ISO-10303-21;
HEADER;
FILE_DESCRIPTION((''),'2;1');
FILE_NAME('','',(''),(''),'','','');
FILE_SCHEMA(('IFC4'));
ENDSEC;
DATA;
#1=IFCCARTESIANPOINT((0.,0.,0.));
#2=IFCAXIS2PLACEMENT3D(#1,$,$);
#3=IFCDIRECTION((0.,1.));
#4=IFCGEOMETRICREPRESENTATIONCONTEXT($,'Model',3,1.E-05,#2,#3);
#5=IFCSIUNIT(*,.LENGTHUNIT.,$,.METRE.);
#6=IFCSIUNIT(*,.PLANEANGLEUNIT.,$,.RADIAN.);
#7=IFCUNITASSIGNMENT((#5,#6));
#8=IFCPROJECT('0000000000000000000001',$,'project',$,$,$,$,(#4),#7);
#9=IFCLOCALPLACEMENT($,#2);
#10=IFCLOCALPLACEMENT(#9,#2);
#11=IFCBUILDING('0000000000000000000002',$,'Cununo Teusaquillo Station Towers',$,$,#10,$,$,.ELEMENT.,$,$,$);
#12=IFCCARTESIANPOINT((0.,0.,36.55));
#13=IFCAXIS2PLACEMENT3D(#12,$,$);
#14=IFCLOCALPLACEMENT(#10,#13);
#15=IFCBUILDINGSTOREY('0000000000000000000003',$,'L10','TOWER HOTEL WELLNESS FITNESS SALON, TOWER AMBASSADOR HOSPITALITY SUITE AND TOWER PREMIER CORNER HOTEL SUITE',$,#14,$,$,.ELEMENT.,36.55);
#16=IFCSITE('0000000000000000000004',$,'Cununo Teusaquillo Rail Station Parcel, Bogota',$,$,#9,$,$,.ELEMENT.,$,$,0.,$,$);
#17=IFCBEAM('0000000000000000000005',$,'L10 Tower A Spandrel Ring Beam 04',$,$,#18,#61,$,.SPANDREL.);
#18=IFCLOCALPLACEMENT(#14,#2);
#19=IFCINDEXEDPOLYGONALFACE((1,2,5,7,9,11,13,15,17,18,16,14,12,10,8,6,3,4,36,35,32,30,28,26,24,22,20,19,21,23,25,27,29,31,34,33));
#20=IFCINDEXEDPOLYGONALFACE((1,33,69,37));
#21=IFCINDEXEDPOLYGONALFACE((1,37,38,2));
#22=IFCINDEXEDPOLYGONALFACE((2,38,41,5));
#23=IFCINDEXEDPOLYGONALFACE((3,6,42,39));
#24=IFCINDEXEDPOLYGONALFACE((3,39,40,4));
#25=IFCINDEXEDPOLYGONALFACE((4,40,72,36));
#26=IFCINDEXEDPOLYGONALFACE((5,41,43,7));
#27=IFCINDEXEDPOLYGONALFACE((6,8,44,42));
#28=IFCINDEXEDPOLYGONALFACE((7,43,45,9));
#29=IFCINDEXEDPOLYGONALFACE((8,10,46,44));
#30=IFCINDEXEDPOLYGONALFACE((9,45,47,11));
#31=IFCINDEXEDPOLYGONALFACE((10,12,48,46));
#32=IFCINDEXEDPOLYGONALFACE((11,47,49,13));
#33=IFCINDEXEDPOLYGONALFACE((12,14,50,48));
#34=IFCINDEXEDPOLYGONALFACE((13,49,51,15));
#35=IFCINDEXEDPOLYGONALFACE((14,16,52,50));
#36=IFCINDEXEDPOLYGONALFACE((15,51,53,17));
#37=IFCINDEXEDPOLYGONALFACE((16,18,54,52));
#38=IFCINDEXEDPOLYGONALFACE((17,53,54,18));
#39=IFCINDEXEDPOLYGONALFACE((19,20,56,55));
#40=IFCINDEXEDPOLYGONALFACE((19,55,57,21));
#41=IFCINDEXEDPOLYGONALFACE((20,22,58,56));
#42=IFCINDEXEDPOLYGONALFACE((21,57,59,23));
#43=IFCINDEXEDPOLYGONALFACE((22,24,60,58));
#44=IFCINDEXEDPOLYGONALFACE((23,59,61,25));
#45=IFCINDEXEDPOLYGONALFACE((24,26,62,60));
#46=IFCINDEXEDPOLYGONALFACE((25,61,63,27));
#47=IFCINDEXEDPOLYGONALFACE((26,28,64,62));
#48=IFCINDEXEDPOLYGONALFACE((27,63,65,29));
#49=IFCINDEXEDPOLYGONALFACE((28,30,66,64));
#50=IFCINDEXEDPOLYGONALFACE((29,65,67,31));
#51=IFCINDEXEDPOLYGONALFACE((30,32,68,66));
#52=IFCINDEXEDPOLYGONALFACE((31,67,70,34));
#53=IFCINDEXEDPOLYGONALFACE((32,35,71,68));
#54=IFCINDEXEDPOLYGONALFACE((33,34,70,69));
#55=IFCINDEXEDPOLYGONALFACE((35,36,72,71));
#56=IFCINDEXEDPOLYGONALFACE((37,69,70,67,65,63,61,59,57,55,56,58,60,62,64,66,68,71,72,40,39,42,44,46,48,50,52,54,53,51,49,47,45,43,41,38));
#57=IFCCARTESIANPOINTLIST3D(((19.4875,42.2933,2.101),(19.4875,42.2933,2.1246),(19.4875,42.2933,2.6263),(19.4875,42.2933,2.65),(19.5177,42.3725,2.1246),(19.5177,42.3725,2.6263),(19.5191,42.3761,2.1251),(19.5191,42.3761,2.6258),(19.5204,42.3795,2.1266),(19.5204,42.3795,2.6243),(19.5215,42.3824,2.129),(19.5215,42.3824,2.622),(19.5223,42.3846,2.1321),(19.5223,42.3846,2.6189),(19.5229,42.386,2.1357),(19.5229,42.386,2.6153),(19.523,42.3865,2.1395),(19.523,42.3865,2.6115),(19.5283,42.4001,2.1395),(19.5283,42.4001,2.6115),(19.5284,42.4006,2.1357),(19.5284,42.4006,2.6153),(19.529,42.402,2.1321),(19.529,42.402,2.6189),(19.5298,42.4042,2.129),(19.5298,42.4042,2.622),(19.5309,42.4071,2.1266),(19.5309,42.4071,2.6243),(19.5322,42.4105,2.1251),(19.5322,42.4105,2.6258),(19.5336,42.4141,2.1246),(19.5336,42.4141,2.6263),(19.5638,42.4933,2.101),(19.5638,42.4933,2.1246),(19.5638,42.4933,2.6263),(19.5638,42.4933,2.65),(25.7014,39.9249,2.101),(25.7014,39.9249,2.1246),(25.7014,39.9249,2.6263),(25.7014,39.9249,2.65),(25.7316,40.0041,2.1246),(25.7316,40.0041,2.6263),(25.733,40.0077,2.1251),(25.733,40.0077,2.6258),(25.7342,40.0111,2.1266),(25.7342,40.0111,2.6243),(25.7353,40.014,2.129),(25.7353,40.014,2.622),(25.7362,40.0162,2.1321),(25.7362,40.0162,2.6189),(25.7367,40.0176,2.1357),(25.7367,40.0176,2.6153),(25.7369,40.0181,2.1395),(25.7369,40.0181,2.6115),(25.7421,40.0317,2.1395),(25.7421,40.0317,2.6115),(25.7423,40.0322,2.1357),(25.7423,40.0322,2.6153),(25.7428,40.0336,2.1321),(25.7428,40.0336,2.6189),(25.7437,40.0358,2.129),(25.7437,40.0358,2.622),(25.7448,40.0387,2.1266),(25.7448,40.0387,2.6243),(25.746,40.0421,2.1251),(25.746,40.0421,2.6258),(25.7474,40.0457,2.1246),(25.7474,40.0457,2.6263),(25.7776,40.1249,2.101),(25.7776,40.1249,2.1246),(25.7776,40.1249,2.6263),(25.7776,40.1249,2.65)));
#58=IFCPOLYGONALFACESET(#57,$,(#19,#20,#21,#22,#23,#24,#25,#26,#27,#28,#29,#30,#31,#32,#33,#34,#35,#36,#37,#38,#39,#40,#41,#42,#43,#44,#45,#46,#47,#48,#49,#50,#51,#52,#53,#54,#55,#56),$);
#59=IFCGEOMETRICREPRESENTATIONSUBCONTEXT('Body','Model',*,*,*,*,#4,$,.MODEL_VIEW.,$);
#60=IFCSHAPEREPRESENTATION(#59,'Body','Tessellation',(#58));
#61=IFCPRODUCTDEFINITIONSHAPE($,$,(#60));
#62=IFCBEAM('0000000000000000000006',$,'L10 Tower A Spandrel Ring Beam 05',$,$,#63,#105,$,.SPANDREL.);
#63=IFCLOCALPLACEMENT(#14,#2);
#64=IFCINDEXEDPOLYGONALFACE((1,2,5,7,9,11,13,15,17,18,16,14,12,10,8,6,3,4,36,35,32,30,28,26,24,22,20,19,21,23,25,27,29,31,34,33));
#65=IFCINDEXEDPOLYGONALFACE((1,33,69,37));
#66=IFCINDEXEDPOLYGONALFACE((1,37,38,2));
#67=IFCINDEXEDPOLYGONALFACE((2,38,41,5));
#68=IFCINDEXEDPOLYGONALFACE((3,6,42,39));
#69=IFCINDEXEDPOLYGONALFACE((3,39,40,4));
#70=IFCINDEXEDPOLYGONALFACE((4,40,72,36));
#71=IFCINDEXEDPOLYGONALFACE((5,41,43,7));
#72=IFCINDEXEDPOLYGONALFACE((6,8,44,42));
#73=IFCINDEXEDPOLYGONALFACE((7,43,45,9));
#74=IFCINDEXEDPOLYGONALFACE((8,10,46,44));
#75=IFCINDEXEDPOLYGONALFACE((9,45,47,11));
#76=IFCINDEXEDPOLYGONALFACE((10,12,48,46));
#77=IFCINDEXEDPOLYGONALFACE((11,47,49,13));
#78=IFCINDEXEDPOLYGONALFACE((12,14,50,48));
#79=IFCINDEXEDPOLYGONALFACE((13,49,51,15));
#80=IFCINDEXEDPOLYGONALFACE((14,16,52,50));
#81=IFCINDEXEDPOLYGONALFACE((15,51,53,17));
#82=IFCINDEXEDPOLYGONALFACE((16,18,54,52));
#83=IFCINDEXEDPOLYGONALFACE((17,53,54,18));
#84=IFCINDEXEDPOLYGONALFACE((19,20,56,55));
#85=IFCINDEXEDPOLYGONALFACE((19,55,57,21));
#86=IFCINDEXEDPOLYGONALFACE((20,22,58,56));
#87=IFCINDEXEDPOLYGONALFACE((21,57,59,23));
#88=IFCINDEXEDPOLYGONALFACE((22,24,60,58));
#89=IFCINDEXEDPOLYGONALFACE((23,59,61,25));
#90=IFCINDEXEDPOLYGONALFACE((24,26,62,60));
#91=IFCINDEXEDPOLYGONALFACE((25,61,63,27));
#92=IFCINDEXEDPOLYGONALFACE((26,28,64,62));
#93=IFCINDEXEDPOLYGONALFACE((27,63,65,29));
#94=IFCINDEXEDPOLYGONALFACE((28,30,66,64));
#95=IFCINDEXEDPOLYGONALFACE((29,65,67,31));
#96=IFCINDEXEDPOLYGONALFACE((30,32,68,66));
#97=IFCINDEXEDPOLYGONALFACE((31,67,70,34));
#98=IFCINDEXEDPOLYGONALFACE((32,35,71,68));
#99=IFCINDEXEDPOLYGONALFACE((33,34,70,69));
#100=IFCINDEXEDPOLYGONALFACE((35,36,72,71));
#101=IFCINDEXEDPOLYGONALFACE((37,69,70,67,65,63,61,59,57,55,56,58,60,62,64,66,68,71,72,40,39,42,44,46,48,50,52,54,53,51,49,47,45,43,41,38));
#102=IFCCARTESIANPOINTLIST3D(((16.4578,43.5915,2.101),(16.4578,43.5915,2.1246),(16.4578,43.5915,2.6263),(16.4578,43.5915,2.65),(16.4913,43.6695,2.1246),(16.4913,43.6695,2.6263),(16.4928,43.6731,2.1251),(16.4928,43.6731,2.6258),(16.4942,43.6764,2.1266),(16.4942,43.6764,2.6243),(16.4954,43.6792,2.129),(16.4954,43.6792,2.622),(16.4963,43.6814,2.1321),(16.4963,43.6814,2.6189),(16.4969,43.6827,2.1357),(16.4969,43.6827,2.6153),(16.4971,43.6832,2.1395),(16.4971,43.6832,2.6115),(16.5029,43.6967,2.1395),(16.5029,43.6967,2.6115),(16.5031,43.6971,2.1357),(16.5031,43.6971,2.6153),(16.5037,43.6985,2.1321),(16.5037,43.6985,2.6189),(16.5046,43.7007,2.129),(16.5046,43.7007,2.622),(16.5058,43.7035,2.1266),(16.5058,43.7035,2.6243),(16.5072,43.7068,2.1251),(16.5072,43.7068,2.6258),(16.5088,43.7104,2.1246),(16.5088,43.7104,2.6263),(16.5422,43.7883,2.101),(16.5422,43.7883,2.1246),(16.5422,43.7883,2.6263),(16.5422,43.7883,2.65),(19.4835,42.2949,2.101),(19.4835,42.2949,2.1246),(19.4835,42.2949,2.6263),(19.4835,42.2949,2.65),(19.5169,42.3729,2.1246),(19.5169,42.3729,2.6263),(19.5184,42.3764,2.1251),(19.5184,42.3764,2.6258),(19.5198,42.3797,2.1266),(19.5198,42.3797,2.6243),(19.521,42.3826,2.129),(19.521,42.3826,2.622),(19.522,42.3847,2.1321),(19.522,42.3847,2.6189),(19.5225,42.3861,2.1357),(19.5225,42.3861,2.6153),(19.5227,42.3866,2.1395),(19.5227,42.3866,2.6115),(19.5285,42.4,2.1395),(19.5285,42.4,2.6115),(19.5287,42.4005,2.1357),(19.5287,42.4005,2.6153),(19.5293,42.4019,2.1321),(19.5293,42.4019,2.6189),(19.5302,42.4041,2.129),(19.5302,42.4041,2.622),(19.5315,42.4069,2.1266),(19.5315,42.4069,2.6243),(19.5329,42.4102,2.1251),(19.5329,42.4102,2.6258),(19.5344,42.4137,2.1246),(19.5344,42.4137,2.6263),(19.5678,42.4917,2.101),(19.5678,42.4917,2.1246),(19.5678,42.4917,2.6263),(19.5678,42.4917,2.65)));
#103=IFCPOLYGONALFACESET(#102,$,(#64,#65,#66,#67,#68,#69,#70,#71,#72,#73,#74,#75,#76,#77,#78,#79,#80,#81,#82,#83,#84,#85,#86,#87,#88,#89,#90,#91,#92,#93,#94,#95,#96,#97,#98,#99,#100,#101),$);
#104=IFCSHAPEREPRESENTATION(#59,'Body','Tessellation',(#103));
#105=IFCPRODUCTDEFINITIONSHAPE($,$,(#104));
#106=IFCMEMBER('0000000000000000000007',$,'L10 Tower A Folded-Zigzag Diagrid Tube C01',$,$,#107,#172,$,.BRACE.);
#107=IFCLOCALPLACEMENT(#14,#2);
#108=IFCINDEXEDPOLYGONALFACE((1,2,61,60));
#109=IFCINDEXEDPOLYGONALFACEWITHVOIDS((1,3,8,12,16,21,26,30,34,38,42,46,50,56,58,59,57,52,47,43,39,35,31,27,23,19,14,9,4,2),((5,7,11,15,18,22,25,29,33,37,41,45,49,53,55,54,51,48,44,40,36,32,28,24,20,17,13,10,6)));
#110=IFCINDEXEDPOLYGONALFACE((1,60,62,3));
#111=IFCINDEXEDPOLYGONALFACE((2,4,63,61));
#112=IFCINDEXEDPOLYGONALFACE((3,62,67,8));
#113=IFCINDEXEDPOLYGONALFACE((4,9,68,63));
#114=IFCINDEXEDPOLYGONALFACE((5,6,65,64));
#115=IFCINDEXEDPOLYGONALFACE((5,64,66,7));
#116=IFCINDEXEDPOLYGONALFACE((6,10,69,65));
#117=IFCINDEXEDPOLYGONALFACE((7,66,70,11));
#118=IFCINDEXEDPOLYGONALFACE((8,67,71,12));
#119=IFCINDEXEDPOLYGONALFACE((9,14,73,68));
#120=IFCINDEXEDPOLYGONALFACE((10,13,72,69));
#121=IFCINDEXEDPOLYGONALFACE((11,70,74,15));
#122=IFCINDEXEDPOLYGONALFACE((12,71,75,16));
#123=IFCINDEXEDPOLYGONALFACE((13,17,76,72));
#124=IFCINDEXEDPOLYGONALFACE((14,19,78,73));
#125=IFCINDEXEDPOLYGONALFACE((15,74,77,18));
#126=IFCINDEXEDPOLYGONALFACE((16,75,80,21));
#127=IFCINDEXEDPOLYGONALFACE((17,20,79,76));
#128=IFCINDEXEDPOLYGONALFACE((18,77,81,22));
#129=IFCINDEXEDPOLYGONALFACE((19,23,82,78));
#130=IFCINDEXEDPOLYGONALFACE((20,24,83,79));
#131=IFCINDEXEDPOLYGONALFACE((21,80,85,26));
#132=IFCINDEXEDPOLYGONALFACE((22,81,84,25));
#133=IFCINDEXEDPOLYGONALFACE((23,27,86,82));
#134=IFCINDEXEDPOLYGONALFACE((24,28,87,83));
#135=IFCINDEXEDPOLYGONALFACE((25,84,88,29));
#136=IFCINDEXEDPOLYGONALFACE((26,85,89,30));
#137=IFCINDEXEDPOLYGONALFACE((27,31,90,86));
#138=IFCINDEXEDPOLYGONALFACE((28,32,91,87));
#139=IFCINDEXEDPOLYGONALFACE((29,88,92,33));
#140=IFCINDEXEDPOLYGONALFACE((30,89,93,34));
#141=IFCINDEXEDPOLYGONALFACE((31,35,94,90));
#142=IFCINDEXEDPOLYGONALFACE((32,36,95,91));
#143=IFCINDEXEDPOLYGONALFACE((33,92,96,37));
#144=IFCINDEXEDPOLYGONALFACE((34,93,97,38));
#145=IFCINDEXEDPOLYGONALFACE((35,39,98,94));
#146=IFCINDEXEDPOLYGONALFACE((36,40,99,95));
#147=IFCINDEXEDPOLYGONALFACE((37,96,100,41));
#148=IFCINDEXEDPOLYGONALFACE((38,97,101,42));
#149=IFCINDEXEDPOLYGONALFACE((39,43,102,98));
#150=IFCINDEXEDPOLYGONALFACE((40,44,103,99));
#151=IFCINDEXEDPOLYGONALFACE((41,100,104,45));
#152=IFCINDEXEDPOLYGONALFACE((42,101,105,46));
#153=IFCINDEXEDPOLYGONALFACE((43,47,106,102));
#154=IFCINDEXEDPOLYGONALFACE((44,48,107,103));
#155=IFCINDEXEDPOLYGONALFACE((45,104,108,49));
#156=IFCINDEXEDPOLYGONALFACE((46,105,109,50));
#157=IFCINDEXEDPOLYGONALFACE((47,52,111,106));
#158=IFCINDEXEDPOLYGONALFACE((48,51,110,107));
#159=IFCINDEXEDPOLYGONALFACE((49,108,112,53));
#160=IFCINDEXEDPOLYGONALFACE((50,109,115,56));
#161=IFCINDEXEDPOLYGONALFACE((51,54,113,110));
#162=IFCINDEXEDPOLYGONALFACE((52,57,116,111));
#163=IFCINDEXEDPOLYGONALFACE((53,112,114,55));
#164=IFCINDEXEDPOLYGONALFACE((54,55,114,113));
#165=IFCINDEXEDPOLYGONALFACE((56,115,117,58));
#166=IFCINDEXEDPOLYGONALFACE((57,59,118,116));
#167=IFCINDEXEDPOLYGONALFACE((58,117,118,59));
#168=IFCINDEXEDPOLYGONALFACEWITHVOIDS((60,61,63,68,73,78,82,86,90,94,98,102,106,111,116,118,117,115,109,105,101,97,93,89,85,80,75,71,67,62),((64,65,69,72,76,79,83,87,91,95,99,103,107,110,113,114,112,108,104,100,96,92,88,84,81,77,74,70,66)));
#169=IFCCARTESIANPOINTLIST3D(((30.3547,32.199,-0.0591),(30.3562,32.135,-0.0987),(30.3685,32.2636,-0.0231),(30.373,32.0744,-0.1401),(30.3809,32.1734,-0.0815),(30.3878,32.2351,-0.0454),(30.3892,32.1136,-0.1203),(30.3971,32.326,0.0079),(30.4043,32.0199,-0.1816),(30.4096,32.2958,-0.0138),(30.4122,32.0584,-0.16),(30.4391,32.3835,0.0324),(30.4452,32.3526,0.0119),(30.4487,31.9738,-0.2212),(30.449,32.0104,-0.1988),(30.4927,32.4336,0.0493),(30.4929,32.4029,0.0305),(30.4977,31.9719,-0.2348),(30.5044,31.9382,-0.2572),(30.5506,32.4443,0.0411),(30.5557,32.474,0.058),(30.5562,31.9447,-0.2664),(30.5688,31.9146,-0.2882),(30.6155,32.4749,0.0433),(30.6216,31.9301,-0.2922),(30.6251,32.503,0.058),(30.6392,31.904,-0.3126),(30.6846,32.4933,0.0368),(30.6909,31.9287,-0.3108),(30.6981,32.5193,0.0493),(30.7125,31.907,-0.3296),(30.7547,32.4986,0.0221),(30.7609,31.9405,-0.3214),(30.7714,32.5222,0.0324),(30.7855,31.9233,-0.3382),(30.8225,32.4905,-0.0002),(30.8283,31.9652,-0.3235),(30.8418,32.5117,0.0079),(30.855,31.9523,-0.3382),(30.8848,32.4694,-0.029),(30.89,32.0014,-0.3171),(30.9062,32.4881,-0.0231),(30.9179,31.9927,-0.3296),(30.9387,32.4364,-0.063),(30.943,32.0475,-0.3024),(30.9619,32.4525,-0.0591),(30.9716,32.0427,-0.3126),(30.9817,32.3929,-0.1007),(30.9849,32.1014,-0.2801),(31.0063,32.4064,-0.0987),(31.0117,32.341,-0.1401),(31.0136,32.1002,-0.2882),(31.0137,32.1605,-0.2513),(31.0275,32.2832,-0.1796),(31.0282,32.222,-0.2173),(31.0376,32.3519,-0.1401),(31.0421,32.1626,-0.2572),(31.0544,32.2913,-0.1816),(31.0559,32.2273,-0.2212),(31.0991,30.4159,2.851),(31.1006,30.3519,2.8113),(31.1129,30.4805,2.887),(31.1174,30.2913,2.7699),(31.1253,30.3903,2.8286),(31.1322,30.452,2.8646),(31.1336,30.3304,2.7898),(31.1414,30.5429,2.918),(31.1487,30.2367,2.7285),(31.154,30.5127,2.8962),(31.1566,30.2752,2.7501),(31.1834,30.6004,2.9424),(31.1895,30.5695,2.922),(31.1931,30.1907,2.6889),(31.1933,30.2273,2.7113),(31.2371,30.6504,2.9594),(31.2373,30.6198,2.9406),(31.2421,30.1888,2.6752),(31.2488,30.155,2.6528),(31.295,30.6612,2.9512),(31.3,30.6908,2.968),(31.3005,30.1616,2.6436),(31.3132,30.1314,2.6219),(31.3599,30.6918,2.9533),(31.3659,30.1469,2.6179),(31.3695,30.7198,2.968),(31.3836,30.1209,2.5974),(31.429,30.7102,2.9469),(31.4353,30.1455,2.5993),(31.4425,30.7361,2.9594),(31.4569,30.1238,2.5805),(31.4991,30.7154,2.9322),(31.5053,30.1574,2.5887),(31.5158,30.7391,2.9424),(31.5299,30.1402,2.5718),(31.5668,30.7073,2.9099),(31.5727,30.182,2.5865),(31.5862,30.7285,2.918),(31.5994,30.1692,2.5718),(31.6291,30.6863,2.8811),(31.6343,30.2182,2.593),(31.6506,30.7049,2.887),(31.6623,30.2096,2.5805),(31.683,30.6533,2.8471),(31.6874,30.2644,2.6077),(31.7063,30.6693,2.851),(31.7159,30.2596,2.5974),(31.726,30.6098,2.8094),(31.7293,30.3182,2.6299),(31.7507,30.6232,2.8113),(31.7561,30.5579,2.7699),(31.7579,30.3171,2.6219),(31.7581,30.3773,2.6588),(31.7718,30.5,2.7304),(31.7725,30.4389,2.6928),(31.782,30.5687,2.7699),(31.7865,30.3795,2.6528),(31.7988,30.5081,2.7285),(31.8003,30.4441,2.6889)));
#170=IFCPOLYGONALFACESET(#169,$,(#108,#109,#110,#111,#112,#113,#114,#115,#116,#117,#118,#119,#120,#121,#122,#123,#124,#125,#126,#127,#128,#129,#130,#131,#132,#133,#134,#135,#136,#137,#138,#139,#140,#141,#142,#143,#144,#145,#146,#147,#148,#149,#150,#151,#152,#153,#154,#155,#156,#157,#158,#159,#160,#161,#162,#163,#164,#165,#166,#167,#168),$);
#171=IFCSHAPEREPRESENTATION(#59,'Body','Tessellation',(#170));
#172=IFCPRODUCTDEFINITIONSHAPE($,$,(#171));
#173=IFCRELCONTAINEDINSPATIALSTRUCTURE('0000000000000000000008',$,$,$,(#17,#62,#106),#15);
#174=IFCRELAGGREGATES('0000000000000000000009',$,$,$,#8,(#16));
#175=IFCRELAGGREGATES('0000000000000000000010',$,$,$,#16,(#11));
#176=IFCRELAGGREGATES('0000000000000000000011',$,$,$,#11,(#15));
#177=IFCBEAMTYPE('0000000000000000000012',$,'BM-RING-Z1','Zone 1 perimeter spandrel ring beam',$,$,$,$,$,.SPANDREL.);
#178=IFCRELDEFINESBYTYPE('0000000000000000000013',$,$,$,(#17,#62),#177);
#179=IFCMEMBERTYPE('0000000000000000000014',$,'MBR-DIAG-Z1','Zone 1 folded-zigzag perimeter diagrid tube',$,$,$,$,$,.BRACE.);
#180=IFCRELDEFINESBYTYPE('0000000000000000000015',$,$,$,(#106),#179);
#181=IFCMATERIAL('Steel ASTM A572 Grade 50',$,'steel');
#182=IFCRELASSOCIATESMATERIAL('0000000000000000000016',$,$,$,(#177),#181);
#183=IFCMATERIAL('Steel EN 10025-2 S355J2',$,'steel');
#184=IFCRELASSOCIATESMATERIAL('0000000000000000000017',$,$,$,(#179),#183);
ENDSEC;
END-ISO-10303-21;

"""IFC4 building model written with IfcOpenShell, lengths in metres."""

from ifc_helpers import new_model, si_unit, direction, frame, origin, origin_2d, place, context, subcontext, project, spatial, hollow_circle, i_section, extrude, material, material_profile, profile_set, type_object, element, save


model = new_model("IFC4")

# Units and contexts
model_context = context("Model", 3, precision=1e-05, world=origin(), true_north=direction((0.0, 1.0)))
body_context = subcontext(model_context, "Body", "Model", "MODEL_VIEW")
ifc_project = project(units=[si_unit("LENGTHUNIT", "METRE"), si_unit("PLANEANGLEUNIT", "RADIAN")], contexts=[model_context])

# Site, building, storey
site_placement = place(None, origin())
site = spatial("IfcSite", under=ifc_project, at=site_placement, Name="Cununo Teusaquillo Rail Station Parcel, Bogota", CompositionType="ELEMENT", RefElevation=0.0)
building_placement = place(site_placement, origin())
building = spatial("IfcBuilding", under=site, at=building_placement, Name="Cununo Teusaquillo Station Towers", CompositionType="ELEMENT")
storey_placement = place(building_placement, frame((0.0, 0.0, 36.55)))
storey = spatial("IfcBuildingStorey", under=building, at=storey_placement, Name="L10", Description="TOWER HOTEL WELLNESS FITNESS SALON, TOWER AMBASSADOR HOSPITALITY SUITE AND TOWER PREMIER CORNER HOTEL SUITE", CompositionType="ELEMENT", Elevation=36.55)

# Beams
ifc_material_1 = material(Name="Steel ASTM A572 Grade 50", Category="steel")
ifc_material_profile_1 = material_profile(ifc_material_1, i_section(OverallWidth=0.2141, OverallDepth=0.5491, WebThickness=0.0146, FlangeThickness=0.0237, FilletRadius=0.0149, at=origin_2d()), Name="W21X93")
ifc_profile_set_1 = profile_set([ifc_material_profile_1], Name="Steel ASTM A572 Grade 50")
beam_type_1 = type_object("IfcBeamType", Name="BM-RING-Z1", Description="Zone 1 perimeter spandrel ring beam", PredefinedType="SPANDREL", material=ifc_profile_set_1)
beam_1_placement = place(storey_placement, frame((25.7395, 40.0249, 2.3755), z_axis=(-0.934427, 0.356156, 0.0), x_axis=(-0.356156, -0.934427, 0.0)))
element("IfcBeam", 1, at=beam_1_placement, inside=storey, type_object=beam_type_1, Name="L10 Tower A Spandrel Ring Beam 04", PredefinedType="SPANDREL", context=body_context, shape_type="SweptSolid", body=[
    extrude(i_section(OverallWidth=0.2141, OverallDepth=0.5491, WebThickness=0.0146, FlangeThickness=0.0237, FilletRadius=0.0149, at=origin_2d()), origin(), (0.0, 0.0, 1.0), 6.6499),
])
beam_2_placement = place(storey_placement, frame((19.5256, 42.3933, 2.3755), z_axis=(-0.919153, 0.393901, 0.0), x_axis=(-0.393901, -0.919153, 0.0)))
element("IfcBeam", 2, at=beam_2_placement, inside=storey, type_object=beam_type_1, Name="L10 Tower A Spandrel Ring Beam 05", PredefinedType="SPANDREL", context=body_context, shape_type="SweptSolid", body=[
    extrude(i_section(OverallWidth=0.2141, OverallDepth=0.5491, WebThickness=0.0146, FlangeThickness=0.0237, FilletRadius=0.0149, at=origin_2d()), origin(), (0.0, 0.0, 1.0), 3.2917),
])

# Member
ifc_material_2 = material(Name="Steel EN 10025-2 S355J2", Category="steel")
ifc_material_profile_2 = material_profile(ifc_material_2, hollow_circle(Radius=0.3601, WallThickness=0.0281, at=origin_2d()), Name="CHS 720x28")
ifc_profile_set_2 = profile_set([ifc_material_profile_2], Name="Steel EN 10025-2 S355J2")
member_type = type_object("IfcMemberType", Name="MBR-DIAG-Z1", Description="Zone 1 folded-zigzag perimeter diagrid tube", PredefinedType="BRACE", material=ifc_profile_set_2)
member_1_placement = place(storey_placement, frame((30.7053, 32.2131, -0.1401), z_axis=(0.213091, -0.510468, 0.833075), x_axis=(0.922823, 0.385225, 0.0)))
element("IfcMember", 3, at=member_1_placement, inside=storey, type_object=member_type, Name="L10 Tower A Folded-Zigzag Diagrid Tube C01", PredefinedType="BRACE", context=body_context, shape_type="SweptSolid", body=[
    extrude(hollow_circle(Radius=0.3601, WallThickness=0.0281, at=origin_2d()), origin(), (0.0, 0.0, 1.0), 3.4932),
])

save(model, "model.ifc")
